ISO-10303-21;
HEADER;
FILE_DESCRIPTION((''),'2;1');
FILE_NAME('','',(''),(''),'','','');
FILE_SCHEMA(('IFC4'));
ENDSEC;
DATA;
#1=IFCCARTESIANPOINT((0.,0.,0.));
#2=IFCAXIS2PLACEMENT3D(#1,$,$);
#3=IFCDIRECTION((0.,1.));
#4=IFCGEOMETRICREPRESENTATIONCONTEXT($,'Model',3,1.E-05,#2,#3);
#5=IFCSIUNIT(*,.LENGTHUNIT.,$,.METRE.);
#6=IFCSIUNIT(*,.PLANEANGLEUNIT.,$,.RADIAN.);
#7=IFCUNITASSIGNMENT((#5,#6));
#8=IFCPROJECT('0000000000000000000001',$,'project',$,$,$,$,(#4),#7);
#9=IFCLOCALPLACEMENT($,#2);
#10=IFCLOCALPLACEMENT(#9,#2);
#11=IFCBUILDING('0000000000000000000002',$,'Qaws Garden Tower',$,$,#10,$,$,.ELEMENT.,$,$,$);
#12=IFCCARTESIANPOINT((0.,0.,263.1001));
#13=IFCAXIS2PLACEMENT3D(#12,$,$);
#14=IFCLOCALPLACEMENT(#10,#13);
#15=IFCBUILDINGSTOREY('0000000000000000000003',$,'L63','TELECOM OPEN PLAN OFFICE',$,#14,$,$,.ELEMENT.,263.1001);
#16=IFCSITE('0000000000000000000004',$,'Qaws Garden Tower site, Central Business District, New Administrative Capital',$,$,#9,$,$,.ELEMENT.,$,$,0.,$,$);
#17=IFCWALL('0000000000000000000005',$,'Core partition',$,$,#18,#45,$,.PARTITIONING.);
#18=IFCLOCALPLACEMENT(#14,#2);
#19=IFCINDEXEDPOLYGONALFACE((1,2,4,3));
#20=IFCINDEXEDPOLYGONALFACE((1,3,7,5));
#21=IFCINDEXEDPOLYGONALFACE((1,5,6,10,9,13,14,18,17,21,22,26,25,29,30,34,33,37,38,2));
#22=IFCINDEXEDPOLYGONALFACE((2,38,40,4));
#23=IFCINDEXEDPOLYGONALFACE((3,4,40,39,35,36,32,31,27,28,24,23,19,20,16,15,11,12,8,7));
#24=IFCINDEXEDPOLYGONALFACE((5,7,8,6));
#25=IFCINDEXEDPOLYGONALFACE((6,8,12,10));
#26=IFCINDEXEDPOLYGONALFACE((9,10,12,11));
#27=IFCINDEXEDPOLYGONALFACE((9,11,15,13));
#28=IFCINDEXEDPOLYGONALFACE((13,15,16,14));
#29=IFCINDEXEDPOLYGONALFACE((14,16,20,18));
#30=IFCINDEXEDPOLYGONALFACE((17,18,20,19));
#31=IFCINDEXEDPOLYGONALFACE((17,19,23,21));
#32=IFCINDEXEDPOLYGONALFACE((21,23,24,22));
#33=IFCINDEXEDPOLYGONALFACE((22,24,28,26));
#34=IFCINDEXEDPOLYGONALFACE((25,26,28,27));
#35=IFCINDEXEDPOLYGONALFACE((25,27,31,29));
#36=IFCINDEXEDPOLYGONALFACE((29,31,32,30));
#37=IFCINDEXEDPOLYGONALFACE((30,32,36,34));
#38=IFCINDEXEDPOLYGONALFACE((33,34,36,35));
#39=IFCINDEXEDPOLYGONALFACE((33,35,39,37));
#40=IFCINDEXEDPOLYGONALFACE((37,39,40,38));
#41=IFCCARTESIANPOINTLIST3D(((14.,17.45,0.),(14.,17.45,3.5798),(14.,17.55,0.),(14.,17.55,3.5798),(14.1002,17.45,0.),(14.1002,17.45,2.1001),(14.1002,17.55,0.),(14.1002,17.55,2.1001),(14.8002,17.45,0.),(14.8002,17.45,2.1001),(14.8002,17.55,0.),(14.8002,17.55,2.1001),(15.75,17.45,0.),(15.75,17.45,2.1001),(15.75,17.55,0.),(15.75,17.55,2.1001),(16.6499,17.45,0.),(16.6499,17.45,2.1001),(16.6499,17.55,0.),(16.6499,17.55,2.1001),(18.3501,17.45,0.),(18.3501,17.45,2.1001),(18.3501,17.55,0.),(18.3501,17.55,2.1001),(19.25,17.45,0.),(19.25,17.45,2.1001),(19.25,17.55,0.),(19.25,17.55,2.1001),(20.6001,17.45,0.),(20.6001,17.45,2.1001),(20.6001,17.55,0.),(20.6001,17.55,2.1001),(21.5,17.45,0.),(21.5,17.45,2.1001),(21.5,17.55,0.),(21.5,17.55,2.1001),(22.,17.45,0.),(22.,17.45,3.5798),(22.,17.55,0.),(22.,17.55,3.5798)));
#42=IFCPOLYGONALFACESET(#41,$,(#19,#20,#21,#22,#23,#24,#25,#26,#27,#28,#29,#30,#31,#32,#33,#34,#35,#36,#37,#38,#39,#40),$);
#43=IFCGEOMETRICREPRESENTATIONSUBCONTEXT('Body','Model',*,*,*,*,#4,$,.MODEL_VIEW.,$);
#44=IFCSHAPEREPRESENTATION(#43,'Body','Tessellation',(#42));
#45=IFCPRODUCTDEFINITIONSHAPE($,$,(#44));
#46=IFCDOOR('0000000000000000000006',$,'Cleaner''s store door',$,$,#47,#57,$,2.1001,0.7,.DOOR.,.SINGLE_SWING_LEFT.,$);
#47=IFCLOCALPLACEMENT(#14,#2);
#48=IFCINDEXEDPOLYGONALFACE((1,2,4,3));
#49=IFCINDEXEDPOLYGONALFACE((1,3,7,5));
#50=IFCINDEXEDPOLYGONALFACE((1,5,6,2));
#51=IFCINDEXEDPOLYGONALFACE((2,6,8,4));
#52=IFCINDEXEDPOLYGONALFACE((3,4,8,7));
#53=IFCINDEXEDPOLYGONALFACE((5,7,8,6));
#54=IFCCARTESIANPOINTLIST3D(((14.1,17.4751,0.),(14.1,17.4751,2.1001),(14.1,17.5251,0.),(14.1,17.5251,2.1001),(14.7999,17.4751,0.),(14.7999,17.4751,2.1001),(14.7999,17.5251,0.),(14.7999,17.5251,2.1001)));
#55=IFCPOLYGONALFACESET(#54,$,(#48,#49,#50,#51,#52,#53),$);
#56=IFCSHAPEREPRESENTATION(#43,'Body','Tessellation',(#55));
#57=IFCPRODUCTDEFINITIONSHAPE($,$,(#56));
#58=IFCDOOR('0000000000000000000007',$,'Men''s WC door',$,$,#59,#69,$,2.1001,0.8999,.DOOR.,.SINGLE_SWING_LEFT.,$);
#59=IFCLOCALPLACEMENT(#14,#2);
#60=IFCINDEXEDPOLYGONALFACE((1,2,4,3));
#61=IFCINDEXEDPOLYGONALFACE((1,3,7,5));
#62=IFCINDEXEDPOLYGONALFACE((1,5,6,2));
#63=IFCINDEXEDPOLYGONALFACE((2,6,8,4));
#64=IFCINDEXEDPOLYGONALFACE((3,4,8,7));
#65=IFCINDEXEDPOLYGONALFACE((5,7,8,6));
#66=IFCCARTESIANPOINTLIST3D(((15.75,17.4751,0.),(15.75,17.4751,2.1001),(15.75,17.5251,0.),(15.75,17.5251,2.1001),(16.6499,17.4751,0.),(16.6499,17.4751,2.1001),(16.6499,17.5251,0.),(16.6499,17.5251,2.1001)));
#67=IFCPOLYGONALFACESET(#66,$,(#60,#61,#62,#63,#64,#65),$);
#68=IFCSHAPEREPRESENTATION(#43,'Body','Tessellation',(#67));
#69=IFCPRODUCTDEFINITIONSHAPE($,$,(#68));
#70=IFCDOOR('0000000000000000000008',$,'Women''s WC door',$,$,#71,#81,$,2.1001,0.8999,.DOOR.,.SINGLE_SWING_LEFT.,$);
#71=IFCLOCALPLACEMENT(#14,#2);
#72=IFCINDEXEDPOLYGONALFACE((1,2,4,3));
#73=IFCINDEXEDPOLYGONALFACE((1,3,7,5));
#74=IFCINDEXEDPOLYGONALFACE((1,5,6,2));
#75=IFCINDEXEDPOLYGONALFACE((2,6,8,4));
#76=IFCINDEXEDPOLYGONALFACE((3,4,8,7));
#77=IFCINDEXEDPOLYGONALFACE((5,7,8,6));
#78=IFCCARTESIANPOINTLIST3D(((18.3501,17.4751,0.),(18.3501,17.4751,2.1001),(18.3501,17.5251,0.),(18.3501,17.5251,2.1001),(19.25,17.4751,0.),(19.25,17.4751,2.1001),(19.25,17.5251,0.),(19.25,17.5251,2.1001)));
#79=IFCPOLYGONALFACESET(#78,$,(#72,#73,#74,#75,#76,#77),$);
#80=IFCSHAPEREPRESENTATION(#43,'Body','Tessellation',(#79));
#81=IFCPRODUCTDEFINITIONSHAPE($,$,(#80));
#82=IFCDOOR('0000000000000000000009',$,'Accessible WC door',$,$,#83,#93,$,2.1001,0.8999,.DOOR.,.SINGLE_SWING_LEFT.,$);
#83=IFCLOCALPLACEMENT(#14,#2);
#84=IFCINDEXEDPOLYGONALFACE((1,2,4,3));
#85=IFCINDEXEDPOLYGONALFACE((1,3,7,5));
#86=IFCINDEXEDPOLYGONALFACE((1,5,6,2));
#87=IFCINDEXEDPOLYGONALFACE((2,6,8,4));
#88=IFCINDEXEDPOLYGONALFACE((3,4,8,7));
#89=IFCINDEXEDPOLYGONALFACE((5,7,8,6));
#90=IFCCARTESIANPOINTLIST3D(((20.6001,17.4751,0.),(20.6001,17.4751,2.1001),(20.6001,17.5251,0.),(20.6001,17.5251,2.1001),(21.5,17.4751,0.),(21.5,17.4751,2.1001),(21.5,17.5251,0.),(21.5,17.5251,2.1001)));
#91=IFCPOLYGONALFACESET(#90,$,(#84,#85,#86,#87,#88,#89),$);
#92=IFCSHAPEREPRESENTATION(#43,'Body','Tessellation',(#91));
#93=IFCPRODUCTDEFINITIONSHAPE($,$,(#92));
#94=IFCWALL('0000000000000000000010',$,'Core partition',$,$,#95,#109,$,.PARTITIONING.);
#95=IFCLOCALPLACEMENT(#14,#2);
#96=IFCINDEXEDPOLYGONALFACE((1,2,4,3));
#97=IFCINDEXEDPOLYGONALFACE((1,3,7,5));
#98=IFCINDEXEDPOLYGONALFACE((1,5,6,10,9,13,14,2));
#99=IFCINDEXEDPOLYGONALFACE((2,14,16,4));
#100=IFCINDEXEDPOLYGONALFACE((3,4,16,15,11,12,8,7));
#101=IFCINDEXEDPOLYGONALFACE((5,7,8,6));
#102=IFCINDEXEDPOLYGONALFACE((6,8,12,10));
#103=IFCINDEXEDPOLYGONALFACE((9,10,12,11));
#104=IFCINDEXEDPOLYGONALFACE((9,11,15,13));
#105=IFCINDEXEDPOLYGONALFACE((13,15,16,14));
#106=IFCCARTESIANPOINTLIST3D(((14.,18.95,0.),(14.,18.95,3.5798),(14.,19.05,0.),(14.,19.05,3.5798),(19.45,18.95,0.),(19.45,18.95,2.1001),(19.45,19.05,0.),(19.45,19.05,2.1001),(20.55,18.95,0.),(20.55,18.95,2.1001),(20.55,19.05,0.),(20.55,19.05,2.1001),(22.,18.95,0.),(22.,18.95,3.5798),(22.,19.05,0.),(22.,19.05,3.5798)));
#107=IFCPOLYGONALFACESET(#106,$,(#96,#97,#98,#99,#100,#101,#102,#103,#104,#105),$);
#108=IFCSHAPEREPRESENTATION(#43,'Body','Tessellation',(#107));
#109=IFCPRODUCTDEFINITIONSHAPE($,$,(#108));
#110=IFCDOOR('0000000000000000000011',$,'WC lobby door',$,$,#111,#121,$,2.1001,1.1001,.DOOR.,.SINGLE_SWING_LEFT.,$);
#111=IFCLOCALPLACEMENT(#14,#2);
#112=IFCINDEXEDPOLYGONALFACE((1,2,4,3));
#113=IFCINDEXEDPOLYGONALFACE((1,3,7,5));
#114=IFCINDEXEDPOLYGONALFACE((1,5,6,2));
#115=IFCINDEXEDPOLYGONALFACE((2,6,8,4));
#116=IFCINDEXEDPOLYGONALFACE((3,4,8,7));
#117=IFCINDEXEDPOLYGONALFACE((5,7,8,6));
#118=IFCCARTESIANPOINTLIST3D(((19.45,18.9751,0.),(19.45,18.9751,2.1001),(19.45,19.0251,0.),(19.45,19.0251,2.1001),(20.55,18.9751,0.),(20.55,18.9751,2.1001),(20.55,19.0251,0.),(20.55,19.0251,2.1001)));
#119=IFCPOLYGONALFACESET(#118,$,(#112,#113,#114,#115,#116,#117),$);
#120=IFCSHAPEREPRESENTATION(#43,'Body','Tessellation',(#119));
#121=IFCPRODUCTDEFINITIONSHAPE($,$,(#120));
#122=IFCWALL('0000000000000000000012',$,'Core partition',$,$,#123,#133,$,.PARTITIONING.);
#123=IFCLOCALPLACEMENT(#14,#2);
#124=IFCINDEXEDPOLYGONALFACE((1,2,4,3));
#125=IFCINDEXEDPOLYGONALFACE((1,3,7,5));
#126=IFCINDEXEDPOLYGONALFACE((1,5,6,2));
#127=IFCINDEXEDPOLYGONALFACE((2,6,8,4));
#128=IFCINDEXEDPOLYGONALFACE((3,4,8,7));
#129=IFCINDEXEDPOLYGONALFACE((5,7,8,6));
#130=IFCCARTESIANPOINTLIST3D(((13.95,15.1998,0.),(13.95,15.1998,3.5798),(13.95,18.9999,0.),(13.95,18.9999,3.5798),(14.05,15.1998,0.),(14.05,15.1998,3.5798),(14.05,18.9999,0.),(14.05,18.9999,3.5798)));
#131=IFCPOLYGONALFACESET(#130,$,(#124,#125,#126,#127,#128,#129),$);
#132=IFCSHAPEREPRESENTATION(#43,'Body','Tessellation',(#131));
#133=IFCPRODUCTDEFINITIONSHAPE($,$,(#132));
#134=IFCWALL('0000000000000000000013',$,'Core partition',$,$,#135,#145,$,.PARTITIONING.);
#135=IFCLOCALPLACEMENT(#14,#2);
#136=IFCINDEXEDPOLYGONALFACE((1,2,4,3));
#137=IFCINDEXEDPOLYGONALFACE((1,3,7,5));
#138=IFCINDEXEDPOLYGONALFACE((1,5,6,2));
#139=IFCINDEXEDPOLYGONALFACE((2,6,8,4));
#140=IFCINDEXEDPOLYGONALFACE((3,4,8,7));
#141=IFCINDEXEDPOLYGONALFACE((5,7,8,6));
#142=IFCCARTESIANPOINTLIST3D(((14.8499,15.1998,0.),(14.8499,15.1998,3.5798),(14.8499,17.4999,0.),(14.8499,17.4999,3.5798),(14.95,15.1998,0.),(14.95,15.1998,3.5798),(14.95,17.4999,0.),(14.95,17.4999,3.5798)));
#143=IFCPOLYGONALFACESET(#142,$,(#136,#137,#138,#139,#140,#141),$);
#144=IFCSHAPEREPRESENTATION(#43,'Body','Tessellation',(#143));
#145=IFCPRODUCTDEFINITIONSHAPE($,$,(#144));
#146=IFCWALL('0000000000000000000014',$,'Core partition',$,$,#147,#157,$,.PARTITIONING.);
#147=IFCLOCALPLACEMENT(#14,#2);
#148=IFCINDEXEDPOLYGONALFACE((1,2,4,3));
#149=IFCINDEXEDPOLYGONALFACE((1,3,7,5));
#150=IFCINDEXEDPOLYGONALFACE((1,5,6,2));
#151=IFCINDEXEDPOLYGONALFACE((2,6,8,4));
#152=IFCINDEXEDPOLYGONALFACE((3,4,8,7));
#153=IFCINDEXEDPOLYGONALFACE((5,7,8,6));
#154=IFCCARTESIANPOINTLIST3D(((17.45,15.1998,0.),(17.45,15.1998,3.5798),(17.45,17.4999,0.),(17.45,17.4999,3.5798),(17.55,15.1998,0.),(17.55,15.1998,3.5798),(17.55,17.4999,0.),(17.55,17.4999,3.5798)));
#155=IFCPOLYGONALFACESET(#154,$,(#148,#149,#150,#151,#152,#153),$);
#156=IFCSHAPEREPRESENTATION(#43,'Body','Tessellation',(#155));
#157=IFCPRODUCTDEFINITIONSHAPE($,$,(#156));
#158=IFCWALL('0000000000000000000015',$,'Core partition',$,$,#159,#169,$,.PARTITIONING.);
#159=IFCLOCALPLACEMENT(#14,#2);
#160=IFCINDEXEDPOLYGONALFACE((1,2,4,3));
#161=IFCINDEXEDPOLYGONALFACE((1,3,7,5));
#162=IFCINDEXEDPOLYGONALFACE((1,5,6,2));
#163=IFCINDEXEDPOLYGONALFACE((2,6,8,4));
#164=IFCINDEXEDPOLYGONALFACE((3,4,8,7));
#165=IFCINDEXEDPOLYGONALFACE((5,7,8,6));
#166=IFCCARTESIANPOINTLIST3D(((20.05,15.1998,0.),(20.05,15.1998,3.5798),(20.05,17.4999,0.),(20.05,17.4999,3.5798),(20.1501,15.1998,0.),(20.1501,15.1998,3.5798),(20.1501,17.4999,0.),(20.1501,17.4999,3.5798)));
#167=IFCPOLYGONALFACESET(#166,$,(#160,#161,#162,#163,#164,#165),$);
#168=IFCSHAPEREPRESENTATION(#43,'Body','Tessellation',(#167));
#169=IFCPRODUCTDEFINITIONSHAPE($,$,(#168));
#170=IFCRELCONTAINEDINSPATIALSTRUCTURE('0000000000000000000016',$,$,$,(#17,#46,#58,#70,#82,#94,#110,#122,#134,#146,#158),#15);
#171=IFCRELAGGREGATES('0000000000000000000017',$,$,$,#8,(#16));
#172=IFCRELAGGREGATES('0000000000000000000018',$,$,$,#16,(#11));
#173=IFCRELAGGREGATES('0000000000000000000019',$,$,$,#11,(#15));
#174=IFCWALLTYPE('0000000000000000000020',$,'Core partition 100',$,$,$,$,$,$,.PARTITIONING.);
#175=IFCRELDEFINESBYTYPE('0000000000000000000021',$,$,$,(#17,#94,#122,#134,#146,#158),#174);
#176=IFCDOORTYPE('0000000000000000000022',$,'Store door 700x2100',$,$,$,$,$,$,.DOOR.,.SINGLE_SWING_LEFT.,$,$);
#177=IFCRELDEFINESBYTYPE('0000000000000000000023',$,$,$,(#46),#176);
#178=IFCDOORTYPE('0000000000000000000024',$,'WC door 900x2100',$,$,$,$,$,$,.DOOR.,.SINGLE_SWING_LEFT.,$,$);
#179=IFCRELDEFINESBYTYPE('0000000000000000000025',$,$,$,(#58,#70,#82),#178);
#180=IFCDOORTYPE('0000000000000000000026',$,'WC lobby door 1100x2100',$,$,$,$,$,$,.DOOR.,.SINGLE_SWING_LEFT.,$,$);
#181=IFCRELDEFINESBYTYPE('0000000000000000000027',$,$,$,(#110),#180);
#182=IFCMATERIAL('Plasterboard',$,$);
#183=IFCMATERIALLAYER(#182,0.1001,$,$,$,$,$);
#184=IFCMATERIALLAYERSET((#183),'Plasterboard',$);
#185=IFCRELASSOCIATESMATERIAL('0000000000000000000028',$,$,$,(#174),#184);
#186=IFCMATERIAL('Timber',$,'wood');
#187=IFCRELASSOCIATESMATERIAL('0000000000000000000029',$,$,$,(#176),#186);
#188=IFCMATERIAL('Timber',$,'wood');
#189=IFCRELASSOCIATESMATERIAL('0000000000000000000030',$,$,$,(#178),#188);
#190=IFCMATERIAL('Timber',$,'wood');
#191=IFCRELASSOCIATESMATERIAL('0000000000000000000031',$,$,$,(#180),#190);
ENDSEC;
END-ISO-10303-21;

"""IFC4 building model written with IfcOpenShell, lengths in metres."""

from ifc_helpers import new_model, si_unit, direction, frame, frame_2d, origin, place, context, subcontext, project, spatial, rectangle, extrude, material, layer, layer_set, type_object, element, fill, save


model = new_model("IFC4")

# Units and contexts
model_context = context("Model", 3, precision=1e-05, world=origin(), true_north=direction((0.0, 1.0)))
body_context = subcontext(model_context, "Body", "Model", "MODEL_VIEW")
ifc_project = project(units=[si_unit("LENGTHUNIT", "METRE"), si_unit("PLANEANGLEUNIT", "RADIAN")], contexts=[model_context])

# Site, building, storey
site_placement = place(None, origin())
site = spatial("IfcSite", under=ifc_project, at=site_placement, Name="Qaws Garden Tower site, Central Business District, New Administrative Capital", CompositionType="ELEMENT", RefElevation=0.0)
building_placement = place(site_placement, origin())
building = spatial("IfcBuilding", under=site, at=building_placement, Name="Qaws Garden Tower", CompositionType="ELEMENT")
storey_placement = place(building_placement, frame((0.0, 0.0, 263.1001)))
storey = spatial("IfcBuildingStorey", under=building, at=storey_placement, Name="L63", Description="TELECOM OPEN PLAN OFFICE", CompositionType="ELEMENT", Elevation=263.1001)

# Wall, openings, doors
ifc_material_1 = material(Name="Plasterboard")
ifc_layer_1 = layer(ifc_material_1, 0.1001)
ifc_layer_set_1 = layer_set([ifc_layer_1], Name="Plasterboard")
wall_type_1 = type_object("IfcWallType", Name="Core partition 100", PredefinedType="PARTITIONING", material=ifc_layer_set_1)
wall_1_placement = place(storey_placement, frame((14.0, 17.5, 0.0), z_axis=(0.0, 0.0, 1.0), x_axis=(1.0, 0.0, 0.0)))
wall_1 = element("IfcWall", 1, at=wall_1_placement, inside=storey, type_object=wall_type_1, Name="Core partition", PredefinedType="PARTITIONING", context=body_context, shape_type="SweptSolid", body=[
    extrude(rectangle(XDim=8.0, YDim=0.1001, at=frame_2d((4.0, 0.0))), origin(), (0.0, 0.0, 1.0), 3.5798),
])
opening_1_placement = place(wall_1_placement, frame((0.1001, 0.0, 0.0)))
opening_1 = element("IfcOpeningElement", 2, at=opening_1_placement, cuts=wall_1, PredefinedType="OPENING", context=body_context, shape_type="SweptSolid", body=[
    extrude(rectangle(XDim=0.7, YDim=2.1001, at=frame_2d((0.3501, 1.05))), frame((0.0, 0.0601, 0.0), z_axis=(0.0, -1.0, 0.0), x_axis=(1.0, 0.0, 0.0)), (0.0, 0.0, 1.0), 0.1201),
])
opening_2_placement = place(wall_1_placement, frame((1.75, 0.0, 0.0)))
opening_2 = element("IfcOpeningElement", 3, at=opening_2_placement, cuts=wall_1, PredefinedType="OPENING", context=body_context, shape_type="SweptSolid", body=[
    extrude(rectangle(XDim=0.8999, YDim=2.1001, at=frame_2d((0.45, 1.05))), frame((0.0, 0.0601, 0.0), z_axis=(0.0, -1.0, 0.0), x_axis=(1.0, 0.0, 0.0)), (0.0, 0.0, 1.0), 0.1201),
])
opening_3_placement = place(wall_1_placement, frame((4.3501, 0.0, 0.0)))
opening_3 = element("IfcOpeningElement", 4, at=opening_3_placement, cuts=wall_1, PredefinedType="OPENING", context=body_context, shape_type="SweptSolid", body=[
    extrude(rectangle(XDim=0.8999, YDim=2.1001, at=frame_2d((0.45, 1.05))), frame((0.0, 0.0601, 0.0), z_axis=(0.0, -1.0, 0.0), x_axis=(1.0, 0.0, 0.0)), (0.0, 0.0, 1.0), 0.1201),
])
opening_4_placement = place(wall_1_placement, frame((6.6001, 0.0, 0.0)))
opening_4 = element("IfcOpeningElement", 5, at=opening_4_placement, cuts=wall_1, PredefinedType="OPENING", context=body_context, shape_type="SweptSolid", body=[
    extrude(rectangle(XDim=0.8999, YDim=2.1001, at=frame_2d((0.45, 1.05))), frame((0.0, 0.0601, 0.0), z_axis=(0.0, -1.0, 0.0), x_axis=(1.0, 0.0, 0.0)), (0.0, 0.0, 1.0), 0.1201),
])
ifc_material_2 = material(Name="Timber", Category="wood")
door_type_1 = type_object("IfcDoorType", Name="Store door 700x2100", OperationType="SINGLE_SWING_LEFT", PredefinedType="DOOR", material=ifc_material_2)
door_1_placement = place(opening_1_placement, frame((0.7, 0.0, 0.0), z_axis=(0.0, 0.0, 1.0), x_axis=(-1.0, 0.0, 0.0)))
door_1 = element("IfcDoor", 6, at=door_1_placement, inside=storey, type_object=door_type_1, Name="Cleaner's store door", OperationType="SINGLE_SWING_LEFT", OverallHeight=2.1001, OverallWidth=0.7, PredefinedType="DOOR", context=body_context, shape_type="SweptSolid", body=[
    extrude(rectangle(XDim=0.7, YDim=2.1001, at=frame_2d((0.3501, 1.05))), frame((0.0, 0.0249, 0.0), z_axis=(0.0, -1.0, 0.0), x_axis=(1.0, 0.0, 0.0)), (0.0, 0.0, 1.0), 0.05),
])
fill(opening_1, door_1)
ifc_material_3 = material(Name="Timber", Category="wood")
door_type_2 = type_object("IfcDoorType", Name="WC door 900x2100", OperationType="SINGLE_SWING_LEFT", PredefinedType="DOOR", material=ifc_material_3)
door_2_placement = place(opening_2_placement, frame((0.8999, 0.0, 0.0), z_axis=(0.0, 0.0, 1.0), x_axis=(-1.0, 0.0, 0.0)))
door_2 = element("IfcDoor", 7, at=door_2_placement, inside=storey, type_object=door_type_2, Name="Men's WC door", OperationType="SINGLE_SWING_LEFT", OverallHeight=2.1001, OverallWidth=0.8999, PredefinedType="DOOR", context=body_context, shape_type="SweptSolid", body=[
    extrude(rectangle(XDim=0.8999, YDim=2.1001, at=frame_2d((0.45, 1.05))), frame((0.0, 0.0249, 0.0), z_axis=(0.0, -1.0, 0.0), x_axis=(1.0, 0.0, 0.0)), (0.0, 0.0, 1.0), 0.05),
])
fill(opening_2, door_2)
door_3_placement = place(opening_3_placement, frame((0.8999, 0.0, 0.0), z_axis=(0.0, 0.0, 1.0), x_axis=(-1.0, 0.0, 0.0)))
door_3 = element("IfcDoor", 8, at=door_3_placement, inside=storey, type_object=door_type_2, Name="Women's WC door", OperationType="SINGLE_SWING_LEFT", OverallHeight=2.1001, OverallWidth=0.8999, PredefinedType="DOOR", context=body_context, shape_type="SweptSolid", body=[
    extrude(rectangle(XDim=0.8999, YDim=2.1001, at=frame_2d((0.45, 1.05))), frame((0.0, 0.0249, 0.0), z_axis=(0.0, -1.0, 0.0), x_axis=(1.0, 0.0, 0.0)), (0.0, 0.0, 1.0), 0.05),
])
fill(opening_3, door_3)
door_4_placement = place(opening_4_placement, frame((0.8999, 0.0, 0.0), z_axis=(0.0, 0.0, 1.0), x_axis=(-1.0, 0.0, 0.0)))
door_4 = element("IfcDoor", 9, at=door_4_placement, inside=storey, type_object=door_type_2, Name="Accessible WC door", OperationType="SINGLE_SWING_LEFT", OverallHeight=2.1001, OverallWidth=0.8999, PredefinedType="DOOR", context=body_context, shape_type="SweptSolid", body=[
    extrude(rectangle(XDim=0.8999, YDim=2.1001, at=frame_2d((0.45, 1.05))), frame((0.0, 0.0249, 0.0), z_axis=(0.0, -1.0, 0.0), x_axis=(1.0, 0.0, 0.0)), (0.0, 0.0, 1.0), 0.05),
])
fill(opening_4, door_4)

# Wall, opening, door
wall_2_placement = place(storey_placement, frame((14.0, 19.0, 0.0), z_axis=(0.0, 0.0, 1.0), x_axis=(1.0, 0.0, 0.0)))
wall_2 = element("IfcWall", 10, at=wall_2_placement, inside=storey, type_object=wall_type_1, Name="Core partition", PredefinedType="PARTITIONING", context=body_context, shape_type="SweptSolid", body=[
    extrude(rectangle(XDim=8.0, YDim=0.1001, at=frame_2d((4.0, 0.0))), origin(), (0.0, 0.0, 1.0), 3.5798),
])
opening_5_placement = place(wall_2_placement, frame((5.45, 0.0, 0.0)))
opening_5 = element("IfcOpeningElement", 11, at=opening_5_placement, cuts=wall_2, PredefinedType="OPENING", context=body_context, shape_type="SweptSolid", body=[
    extrude(rectangle(XDim=1.1001, YDim=2.1001, at=frame_2d((0.55, 1.05))), frame((0.0, 0.0601, 0.0), z_axis=(0.0, -1.0, 0.0), x_axis=(1.0, 0.0, 0.0)), (0.0, 0.0, 1.0), 0.1201),
])
ifc_material_4 = material(Name="Timber", Category="wood")
door_type_3 = type_object("IfcDoorType", Name="WC lobby door 1100x2100", OperationType="SINGLE_SWING_LEFT", PredefinedType="DOOR", material=ifc_material_4)
door_5_placement = place(opening_5_placement, frame((1.1001, 0.0, 0.0), z_axis=(0.0, 0.0, 1.0), x_axis=(-1.0, 0.0, 0.0)))
door_5 = element("IfcDoor", 12, at=door_5_placement, inside=storey, type_object=door_type_3, Name="WC lobby door", OperationType="SINGLE_SWING_LEFT", OverallHeight=2.1001, OverallWidth=1.1001, PredefinedType="DOOR", context=body_context, shape_type="SweptSolid", body=[
    extrude(rectangle(XDim=1.1001, YDim=2.1001, at=frame_2d((0.55, 1.05))), frame((0.0, 0.0249, 0.0), z_axis=(0.0, -1.0, 0.0), x_axis=(1.0, 0.0, 0.0)), (0.0, 0.0, 1.0), 0.05),
])
fill(opening_5, door_5)

# Walls
wall_3_placement = place(storey_placement, frame((14.0, 15.2, 0.0), z_axis=(0.0, 0.0, 1.0), x_axis=(0.0, 1.0, 0.0)))
element("IfcWall", 13, at=wall_3_placement, inside=storey, type_object=wall_type_1, Name="Core partition", PredefinedType="PARTITIONING", context=body_context, shape_type="SweptSolid", body=[
    extrude(rectangle(XDim=3.8, YDim=0.1001, at=frame_2d((1.8999, 0.0))), origin(), (0.0, 0.0, 1.0), 3.5798),
])
for number, where, z_axis, x_axis, name in (
    (14, (14.8999, 15.2, 0.0), (0.0, 0.0, 1.0), (0.0, 1.0, 0.0), "Core partition"),
    (15, (17.5, 15.2, 0.0), (0.0, 0.0, 1.0), (0.0, 1.0, 0.0), "Core partition"),
    (16, (20.1001, 15.2, 0.0), (0.0, 0.0, 1.0), (0.0, 1.0, 0.0), "Core partition"),
):
    element("IfcWall", number, at=place(storey_placement, frame(where, z_axis=z_axis, x_axis=x_axis)), inside=storey, type_object=wall_type_1, Name=name, PredefinedType="PARTITIONING", context=body_context, shape_type="SweptSolid", body=[
        extrude(rectangle(XDim=2.3, YDim=0.1001, at=frame_2d((1.1499, 0.0))), origin(), (0.0, 0.0, 1.0), 3.5798),
    ])

save(model, "model.ifc")
